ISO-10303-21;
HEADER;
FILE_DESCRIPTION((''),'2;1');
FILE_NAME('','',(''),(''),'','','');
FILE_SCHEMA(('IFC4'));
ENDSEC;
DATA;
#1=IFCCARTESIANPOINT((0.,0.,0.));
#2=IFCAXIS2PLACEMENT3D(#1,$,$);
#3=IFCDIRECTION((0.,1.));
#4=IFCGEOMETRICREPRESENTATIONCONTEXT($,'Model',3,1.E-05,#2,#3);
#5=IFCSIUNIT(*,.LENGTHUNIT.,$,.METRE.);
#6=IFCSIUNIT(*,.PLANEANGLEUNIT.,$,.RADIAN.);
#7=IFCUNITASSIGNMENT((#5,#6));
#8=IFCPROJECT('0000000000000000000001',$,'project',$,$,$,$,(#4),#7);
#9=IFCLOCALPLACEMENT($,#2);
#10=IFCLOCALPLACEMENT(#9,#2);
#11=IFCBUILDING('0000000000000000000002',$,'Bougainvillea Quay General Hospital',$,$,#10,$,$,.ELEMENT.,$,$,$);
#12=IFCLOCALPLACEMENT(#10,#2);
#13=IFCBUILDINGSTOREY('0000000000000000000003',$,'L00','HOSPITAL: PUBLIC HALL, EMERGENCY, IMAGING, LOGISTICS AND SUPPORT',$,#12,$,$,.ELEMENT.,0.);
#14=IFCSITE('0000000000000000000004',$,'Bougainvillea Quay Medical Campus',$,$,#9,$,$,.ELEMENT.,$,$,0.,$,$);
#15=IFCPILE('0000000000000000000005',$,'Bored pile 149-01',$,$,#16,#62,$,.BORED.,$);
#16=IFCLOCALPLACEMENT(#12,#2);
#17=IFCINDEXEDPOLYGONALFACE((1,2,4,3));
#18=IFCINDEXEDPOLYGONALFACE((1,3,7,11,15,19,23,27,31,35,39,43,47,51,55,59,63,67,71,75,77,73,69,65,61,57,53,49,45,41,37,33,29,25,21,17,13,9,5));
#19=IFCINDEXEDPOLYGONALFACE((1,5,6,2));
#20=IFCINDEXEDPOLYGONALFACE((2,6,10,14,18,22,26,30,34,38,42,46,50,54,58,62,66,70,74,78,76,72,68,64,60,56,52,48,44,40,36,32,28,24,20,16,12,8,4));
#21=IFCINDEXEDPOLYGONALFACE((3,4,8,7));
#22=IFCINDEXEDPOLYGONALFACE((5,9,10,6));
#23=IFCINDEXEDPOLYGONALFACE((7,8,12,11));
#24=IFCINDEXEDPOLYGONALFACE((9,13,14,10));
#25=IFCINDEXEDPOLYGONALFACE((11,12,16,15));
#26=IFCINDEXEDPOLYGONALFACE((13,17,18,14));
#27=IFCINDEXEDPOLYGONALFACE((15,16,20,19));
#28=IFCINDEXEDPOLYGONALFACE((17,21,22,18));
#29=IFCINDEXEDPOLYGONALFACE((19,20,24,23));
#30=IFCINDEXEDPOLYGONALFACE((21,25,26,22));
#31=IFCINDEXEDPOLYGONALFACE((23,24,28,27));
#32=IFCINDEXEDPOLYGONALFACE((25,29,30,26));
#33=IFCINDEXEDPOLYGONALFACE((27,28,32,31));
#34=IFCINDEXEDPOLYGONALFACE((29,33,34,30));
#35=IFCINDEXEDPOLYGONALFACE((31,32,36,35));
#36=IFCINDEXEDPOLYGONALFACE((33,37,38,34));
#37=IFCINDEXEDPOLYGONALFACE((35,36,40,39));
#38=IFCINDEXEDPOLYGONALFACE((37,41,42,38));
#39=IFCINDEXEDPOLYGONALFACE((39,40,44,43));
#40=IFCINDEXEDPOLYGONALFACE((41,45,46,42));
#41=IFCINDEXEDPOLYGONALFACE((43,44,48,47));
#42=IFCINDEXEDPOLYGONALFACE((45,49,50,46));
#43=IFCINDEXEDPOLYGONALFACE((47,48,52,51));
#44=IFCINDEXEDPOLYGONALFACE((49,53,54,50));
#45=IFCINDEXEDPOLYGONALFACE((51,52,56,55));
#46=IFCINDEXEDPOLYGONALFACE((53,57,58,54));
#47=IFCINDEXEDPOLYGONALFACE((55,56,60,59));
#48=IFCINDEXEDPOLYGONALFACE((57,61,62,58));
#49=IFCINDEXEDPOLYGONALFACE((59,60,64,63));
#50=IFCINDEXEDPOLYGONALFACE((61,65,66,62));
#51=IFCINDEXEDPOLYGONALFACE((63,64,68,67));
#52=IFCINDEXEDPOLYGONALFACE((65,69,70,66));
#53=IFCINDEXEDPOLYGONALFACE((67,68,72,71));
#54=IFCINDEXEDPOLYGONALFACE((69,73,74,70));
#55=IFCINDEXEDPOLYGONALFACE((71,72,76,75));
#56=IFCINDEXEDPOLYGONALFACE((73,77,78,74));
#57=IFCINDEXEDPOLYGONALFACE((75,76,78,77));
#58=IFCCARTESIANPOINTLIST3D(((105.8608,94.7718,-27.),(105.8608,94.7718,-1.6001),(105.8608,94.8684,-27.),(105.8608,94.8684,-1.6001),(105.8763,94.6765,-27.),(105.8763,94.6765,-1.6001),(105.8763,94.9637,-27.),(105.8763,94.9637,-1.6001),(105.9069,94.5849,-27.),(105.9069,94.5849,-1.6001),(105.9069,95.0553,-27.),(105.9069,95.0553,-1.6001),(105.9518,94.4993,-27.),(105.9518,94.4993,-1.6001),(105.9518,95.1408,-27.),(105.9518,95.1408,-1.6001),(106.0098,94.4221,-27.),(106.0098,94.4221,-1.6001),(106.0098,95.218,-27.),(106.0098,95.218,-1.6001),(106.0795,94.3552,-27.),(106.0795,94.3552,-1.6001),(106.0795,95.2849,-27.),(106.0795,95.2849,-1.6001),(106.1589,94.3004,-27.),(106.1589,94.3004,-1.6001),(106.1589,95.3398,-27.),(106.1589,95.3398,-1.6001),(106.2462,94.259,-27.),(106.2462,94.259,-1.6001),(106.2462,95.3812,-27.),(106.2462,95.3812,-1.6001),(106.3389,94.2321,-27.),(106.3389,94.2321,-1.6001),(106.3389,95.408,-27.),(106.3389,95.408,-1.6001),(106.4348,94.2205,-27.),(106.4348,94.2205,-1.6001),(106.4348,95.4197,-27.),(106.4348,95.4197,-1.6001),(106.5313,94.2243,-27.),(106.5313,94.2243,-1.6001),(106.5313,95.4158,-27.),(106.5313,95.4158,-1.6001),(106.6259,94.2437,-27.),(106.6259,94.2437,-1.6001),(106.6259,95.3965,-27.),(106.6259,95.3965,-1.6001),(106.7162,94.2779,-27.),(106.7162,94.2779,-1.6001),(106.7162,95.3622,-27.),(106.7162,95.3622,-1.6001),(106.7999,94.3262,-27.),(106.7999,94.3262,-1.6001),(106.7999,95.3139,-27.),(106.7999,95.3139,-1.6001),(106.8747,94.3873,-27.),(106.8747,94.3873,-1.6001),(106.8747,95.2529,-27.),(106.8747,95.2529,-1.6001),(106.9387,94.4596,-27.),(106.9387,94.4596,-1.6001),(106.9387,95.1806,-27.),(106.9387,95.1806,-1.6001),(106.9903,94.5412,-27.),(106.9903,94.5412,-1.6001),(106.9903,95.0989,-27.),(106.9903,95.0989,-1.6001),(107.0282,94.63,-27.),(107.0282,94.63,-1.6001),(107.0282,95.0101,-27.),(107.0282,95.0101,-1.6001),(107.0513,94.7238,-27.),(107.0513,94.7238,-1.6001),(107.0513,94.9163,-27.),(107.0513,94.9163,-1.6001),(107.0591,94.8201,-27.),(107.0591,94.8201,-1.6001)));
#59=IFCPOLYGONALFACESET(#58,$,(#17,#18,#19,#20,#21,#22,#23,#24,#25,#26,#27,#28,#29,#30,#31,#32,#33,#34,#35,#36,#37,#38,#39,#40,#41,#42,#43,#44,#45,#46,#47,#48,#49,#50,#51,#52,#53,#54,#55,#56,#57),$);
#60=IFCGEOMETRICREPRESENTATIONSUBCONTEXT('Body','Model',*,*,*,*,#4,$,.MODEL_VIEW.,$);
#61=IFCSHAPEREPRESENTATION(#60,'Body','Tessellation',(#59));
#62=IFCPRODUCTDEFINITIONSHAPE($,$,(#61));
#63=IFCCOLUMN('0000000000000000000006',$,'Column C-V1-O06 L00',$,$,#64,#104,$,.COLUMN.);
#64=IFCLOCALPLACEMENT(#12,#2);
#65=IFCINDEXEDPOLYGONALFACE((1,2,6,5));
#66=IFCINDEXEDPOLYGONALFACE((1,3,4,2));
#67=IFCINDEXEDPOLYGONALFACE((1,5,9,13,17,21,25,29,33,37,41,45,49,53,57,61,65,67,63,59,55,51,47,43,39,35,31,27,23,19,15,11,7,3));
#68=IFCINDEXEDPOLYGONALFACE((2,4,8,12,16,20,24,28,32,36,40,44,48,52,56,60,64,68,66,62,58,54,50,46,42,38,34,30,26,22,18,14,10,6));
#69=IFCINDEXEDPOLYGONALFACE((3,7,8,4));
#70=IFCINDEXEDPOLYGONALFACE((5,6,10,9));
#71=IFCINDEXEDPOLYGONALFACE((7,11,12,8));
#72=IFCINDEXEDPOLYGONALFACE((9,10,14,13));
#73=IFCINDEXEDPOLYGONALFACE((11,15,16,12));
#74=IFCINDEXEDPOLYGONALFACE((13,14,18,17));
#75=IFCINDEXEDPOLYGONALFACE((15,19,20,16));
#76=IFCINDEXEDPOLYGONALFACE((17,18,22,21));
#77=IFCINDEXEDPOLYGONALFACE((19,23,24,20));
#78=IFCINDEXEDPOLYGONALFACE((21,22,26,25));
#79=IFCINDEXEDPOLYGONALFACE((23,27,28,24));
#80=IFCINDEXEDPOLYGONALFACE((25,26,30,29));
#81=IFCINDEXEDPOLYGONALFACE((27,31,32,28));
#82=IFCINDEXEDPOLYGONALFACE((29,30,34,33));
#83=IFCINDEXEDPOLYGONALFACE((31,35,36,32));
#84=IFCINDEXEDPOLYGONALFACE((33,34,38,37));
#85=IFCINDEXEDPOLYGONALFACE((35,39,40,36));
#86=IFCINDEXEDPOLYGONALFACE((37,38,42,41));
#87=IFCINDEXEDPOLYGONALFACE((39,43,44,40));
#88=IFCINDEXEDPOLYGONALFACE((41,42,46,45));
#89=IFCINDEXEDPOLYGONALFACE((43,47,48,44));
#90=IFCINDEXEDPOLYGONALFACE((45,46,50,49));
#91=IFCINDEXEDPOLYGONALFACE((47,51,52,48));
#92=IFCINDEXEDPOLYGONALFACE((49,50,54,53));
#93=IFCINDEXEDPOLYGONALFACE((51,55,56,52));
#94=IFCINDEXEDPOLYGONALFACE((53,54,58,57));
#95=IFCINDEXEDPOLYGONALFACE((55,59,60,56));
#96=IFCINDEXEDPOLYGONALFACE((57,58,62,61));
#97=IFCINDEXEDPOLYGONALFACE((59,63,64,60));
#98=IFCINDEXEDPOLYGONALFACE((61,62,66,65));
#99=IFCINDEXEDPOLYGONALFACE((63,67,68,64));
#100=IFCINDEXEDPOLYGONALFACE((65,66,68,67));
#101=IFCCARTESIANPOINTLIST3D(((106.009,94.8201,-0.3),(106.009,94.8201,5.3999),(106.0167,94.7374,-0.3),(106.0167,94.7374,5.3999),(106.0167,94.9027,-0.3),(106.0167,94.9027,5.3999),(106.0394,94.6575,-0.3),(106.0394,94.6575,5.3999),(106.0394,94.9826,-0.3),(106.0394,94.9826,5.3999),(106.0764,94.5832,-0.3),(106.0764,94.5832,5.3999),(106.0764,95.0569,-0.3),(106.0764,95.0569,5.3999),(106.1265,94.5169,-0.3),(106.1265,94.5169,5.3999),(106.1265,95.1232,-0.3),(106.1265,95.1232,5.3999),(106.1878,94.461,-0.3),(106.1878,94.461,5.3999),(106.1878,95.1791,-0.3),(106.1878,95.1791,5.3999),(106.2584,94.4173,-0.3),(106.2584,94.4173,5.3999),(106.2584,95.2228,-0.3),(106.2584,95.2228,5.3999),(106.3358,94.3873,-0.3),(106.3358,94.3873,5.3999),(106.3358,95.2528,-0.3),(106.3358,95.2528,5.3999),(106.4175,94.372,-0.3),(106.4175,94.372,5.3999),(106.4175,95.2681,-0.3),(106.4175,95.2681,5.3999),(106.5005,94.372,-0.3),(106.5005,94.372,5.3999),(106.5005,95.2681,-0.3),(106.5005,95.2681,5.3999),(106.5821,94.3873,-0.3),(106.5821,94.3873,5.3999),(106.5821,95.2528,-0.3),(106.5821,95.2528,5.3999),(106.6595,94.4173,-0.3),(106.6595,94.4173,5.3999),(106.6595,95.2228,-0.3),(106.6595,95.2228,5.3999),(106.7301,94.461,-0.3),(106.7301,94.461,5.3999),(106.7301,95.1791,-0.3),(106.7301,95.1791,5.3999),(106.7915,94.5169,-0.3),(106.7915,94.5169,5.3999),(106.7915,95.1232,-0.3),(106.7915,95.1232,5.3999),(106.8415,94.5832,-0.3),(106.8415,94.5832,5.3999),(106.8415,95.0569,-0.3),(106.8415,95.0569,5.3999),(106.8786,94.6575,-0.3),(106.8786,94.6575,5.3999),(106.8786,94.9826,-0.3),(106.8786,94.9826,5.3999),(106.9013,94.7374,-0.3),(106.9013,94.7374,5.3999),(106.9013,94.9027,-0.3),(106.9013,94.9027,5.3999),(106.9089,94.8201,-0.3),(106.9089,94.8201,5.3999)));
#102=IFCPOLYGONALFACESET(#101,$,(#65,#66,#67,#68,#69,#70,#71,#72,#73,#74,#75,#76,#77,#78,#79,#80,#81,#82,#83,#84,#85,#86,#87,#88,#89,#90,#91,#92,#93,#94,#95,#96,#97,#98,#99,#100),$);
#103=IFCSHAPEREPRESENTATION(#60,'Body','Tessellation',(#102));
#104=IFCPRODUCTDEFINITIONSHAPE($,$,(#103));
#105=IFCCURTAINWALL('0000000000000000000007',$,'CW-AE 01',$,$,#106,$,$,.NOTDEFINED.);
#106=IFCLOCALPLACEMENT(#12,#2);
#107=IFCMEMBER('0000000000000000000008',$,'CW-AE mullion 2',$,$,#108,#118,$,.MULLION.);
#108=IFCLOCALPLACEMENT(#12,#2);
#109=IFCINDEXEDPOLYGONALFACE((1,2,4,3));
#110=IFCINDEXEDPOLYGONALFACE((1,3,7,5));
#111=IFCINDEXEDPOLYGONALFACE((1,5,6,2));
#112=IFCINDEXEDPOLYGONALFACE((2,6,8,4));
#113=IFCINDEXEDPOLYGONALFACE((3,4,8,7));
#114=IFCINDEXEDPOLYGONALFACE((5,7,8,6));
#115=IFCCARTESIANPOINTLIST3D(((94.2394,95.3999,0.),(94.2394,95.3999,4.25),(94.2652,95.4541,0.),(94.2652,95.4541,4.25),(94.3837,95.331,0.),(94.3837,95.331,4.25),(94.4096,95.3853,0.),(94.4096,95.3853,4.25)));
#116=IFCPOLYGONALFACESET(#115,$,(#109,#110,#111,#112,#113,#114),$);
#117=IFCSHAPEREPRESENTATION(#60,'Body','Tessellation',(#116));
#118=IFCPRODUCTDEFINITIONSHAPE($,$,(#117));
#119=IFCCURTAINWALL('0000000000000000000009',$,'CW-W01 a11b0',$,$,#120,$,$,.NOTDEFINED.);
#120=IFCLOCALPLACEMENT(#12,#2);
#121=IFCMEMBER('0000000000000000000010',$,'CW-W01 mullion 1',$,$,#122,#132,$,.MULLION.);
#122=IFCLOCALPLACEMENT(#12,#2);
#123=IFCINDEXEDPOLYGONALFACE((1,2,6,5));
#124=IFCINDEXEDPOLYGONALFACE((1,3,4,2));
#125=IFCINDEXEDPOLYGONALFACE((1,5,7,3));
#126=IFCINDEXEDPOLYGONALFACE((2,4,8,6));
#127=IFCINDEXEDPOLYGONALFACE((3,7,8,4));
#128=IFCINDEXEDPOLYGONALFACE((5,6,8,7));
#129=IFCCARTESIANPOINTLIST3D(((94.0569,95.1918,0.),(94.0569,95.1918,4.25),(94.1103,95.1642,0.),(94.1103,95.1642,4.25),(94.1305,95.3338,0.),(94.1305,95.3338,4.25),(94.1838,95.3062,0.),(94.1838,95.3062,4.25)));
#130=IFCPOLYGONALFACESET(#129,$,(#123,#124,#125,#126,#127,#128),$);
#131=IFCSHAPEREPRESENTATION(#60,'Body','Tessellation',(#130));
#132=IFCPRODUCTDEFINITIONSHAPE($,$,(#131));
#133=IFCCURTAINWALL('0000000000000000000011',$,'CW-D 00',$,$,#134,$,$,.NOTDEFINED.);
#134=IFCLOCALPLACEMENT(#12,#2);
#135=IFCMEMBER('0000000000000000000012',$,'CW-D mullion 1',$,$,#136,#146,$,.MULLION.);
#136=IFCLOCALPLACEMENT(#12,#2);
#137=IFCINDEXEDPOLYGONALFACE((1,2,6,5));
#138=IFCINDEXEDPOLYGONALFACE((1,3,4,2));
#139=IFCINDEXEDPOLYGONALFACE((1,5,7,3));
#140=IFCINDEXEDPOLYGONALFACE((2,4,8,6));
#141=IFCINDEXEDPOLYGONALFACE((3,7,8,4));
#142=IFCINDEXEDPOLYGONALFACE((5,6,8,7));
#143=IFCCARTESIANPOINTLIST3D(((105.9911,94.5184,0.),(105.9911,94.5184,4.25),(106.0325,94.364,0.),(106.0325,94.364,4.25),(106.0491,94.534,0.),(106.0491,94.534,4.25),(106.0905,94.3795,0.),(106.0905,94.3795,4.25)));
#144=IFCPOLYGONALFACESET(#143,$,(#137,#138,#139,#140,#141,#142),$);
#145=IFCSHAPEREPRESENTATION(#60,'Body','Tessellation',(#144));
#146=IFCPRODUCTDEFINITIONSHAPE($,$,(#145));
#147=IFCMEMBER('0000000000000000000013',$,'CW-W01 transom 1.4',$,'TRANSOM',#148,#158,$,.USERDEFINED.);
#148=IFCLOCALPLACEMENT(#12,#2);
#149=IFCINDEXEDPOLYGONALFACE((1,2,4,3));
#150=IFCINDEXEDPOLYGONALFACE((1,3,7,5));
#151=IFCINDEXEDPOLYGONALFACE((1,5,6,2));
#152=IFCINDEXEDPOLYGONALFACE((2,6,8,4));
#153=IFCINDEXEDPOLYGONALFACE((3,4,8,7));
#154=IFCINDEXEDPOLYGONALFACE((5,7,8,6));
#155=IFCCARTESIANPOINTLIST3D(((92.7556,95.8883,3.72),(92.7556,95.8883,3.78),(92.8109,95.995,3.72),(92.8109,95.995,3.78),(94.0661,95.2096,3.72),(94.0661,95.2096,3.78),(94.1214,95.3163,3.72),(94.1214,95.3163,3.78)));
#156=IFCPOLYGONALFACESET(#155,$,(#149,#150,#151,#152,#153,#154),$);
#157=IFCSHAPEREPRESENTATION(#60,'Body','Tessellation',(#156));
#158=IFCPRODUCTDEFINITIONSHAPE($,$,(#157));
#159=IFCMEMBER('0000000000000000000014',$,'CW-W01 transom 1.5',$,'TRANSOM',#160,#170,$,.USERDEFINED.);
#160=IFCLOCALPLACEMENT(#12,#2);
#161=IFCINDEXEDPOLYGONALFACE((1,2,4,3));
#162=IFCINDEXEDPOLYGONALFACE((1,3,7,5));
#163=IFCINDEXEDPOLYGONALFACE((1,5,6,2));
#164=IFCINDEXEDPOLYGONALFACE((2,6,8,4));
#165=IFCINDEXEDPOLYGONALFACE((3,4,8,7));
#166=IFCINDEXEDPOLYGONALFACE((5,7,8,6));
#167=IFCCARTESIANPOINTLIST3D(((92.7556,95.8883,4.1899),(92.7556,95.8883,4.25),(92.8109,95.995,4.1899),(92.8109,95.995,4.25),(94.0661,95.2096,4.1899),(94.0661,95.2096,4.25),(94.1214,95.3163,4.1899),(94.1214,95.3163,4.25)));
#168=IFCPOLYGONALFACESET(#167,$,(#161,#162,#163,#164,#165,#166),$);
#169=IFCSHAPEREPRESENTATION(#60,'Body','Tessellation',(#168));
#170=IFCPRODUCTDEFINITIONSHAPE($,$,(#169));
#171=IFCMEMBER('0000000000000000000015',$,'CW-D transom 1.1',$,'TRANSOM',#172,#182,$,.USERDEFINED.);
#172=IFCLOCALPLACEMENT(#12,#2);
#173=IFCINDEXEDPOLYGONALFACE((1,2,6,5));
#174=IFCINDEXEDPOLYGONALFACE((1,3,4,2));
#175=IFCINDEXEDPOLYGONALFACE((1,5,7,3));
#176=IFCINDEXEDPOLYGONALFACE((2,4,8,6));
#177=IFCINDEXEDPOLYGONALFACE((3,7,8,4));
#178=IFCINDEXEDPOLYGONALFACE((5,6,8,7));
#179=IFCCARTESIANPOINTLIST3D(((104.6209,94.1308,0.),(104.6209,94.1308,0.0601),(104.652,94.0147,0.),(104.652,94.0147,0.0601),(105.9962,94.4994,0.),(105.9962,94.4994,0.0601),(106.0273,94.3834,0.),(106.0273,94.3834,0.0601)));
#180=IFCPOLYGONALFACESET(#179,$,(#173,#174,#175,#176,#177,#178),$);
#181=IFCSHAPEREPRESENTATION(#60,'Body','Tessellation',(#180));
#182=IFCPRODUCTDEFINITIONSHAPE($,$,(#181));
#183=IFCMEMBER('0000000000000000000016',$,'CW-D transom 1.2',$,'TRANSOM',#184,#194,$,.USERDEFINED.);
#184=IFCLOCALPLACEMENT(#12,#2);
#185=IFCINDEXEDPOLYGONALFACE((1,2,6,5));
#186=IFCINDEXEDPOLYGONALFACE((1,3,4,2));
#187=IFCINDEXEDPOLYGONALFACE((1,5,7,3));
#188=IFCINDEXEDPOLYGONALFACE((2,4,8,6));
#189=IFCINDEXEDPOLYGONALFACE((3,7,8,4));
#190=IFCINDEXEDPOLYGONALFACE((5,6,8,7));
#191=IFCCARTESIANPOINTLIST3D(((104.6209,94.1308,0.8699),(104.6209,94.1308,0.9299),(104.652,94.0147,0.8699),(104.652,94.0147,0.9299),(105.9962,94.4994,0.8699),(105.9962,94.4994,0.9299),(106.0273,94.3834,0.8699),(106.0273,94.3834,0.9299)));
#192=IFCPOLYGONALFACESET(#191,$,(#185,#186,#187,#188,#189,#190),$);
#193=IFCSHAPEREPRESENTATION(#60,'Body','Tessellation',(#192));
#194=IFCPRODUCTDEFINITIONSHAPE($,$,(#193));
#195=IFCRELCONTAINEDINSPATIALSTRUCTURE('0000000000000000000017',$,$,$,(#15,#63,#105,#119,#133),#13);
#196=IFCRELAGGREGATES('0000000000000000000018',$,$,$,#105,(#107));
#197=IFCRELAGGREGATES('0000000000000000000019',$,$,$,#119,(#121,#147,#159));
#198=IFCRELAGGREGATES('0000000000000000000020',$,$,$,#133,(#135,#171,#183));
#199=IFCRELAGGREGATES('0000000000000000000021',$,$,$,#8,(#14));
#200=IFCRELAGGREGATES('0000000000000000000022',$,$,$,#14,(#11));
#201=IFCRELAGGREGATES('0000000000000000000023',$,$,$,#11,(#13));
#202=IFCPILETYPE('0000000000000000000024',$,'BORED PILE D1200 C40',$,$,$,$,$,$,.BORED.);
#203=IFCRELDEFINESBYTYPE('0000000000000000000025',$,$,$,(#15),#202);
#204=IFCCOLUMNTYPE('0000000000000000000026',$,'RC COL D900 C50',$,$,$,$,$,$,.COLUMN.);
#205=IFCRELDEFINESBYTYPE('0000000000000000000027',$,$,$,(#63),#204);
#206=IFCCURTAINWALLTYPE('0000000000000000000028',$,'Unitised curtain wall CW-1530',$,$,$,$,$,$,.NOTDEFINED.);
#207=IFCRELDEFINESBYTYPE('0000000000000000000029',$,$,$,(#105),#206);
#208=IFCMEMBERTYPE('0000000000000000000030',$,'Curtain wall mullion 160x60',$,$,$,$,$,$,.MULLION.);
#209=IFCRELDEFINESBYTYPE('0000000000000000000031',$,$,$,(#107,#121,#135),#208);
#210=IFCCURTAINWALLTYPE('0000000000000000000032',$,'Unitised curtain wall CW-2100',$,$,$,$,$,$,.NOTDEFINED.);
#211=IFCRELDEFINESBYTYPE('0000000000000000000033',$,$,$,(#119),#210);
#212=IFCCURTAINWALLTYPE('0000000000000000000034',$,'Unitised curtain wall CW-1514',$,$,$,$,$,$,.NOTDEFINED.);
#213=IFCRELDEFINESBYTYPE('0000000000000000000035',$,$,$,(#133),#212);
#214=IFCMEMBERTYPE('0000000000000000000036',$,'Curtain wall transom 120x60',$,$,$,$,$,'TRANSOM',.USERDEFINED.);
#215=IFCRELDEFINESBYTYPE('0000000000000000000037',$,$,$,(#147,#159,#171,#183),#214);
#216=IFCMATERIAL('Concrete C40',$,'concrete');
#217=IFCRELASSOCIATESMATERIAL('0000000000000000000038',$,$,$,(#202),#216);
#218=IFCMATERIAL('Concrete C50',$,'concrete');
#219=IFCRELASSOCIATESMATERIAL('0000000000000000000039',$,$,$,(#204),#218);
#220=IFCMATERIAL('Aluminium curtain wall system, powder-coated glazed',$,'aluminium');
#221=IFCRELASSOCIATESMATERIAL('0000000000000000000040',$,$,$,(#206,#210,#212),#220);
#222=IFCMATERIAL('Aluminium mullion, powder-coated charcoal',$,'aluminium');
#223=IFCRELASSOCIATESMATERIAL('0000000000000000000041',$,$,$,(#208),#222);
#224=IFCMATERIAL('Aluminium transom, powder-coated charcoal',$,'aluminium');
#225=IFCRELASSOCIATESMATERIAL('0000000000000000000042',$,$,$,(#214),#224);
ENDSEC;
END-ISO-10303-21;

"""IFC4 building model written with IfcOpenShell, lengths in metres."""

from ifc_helpers import new_model, si_unit, direction, frame, origin, origin_2d, place, context, subcontext, project, spatial, rectangle, circle, extrude, material, material_profile, profile_set, type_object, element, aggregate, save


model = new_model("IFC4")

# Units and contexts
model_context = context("Model", 3, precision=1e-05, world=origin(), true_north=direction((0.0, 1.0)))
body_context = subcontext(model_context, "Body", "Model", "MODEL_VIEW")
ifc_project = project(units=[si_unit("LENGTHUNIT", "METRE"), si_unit("PLANEANGLEUNIT", "RADIAN")], contexts=[model_context])

# Site, building, storey
site_placement = place(None, origin())
site = spatial("IfcSite", under=ifc_project, at=site_placement, Name="Bougainvillea Quay Medical Campus", CompositionType="ELEMENT", RefElevation=0.0)
building_placement = place(site_placement, origin())
building = spatial("IfcBuilding", under=site, at=building_placement, Name="Bougainvillea Quay General Hospital", CompositionType="ELEMENT")
storey_placement = place(building_placement, origin())
storey = spatial("IfcBuildingStorey", under=building, at=storey_placement, Name="L00", Description="HOSPITAL: PUBLIC HALL, EMERGENCY, IMAGING, LOGISTICS AND SUPPORT", CompositionType="ELEMENT", Elevation=0.0)

# Pile
ifc_material_1 = material(Name="Concrete C40", Category="concrete")
ifc_material_profile_1 = material_profile(ifc_material_1, circle(Radius=0.6001, at=origin_2d()))
ifc_profile_set_1 = profile_set([ifc_material_profile_1], Name="Concrete C40")
pile_type = type_object("IfcPileType", Name="BORED PILE D1200 C40", PredefinedType="BORED", material=ifc_profile_set_1)
pile_placement = place(storey_placement, frame((106.459, 94.8201, -1.6001), z_axis=(0.0, 0.0, -1.0), x_axis=(1.0, 0.0, 0.0)))
element("IfcPile", 1, at=pile_placement, inside=storey, type_object=pile_type, Name="Bored pile 149-01", PredefinedType="BORED", context=body_context, shape_type="SweptSolid", body=[
    extrude(circle(Radius=0.6001, at=origin_2d()), origin(), (0.0, 0.0, 1.0), 25.3999),
])

# Column
ifc_material_2 = material(Name="Concrete C50", Category="concrete")
ifc_material_profile_2 = material_profile(ifc_material_2, circle(Radius=0.45, at=origin_2d()))
ifc_profile_set_2 = profile_set([ifc_material_profile_2], Name="Concrete C50")
column_type = type_object("IfcColumnType", Name="RC COL D900 C50", PredefinedType="COLUMN", material=ifc_profile_set_2)
column_placement = place(storey_placement, frame((106.459, 94.8201, -0.3), z_axis=(0.0, 0.0, 1.0), x_axis=(1.0, 0.0, 0.0)))
element("IfcColumn", 2, at=column_placement, inside=storey, type_object=column_type, Name="Column C-V1-O06 L00", PredefinedType="COLUMN", context=body_context, shape_type="SweptSolid", body=[
    extrude(circle(Radius=0.45, at=origin_2d()), origin(), (0.0, 0.0, 1.0), 5.7),
])

# Curtain walls, members
ifc_material_3 = material(Name="Aluminium curtain wall system, powder-coated glazed", Category="aluminium")
curtain_wall_type_1 = type_object("IfcCurtainWallType", Name="Unitised curtain wall CW-1530", PredefinedType="NOTDEFINED", material=ifc_material_3)
curtain_wall_1_placement = place(storey_placement, origin())
curtain_wall_1 = element("IfcCurtainWall", 3, at=curtain_wall_1_placement, inside=storey, type_object=curtain_wall_type_1, Name="CW-AE 01", PredefinedType="NOTDEFINED")
ifc_material_4 = material(Name="Aluminium mullion, powder-coated charcoal", Category="aluminium")
ifc_material_profile_3 = material_profile(ifc_material_4, rectangle(XDim=0.1599, YDim=0.0601, at=origin_2d()))
ifc_profile_set_3 = profile_set([ifc_material_profile_3], Name="Aluminium mullion, powder-coated charcoal")
member_type_1 = type_object("IfcMemberType", Name="Curtain wall mullion 160x60", PredefinedType="MULLION", material=ifc_profile_set_3)
member_1_placement = place(storey_placement, frame((94.3245, 95.3926, 0.0), z_axis=(0.0, 0.0, 1.0), x_axis=(-0.902561, 0.430563, 0.0)))
member_1 = element("IfcMember", 4, at=member_1_placement, type_object=member_type_1, Name="CW-AE mullion 2", PredefinedType="MULLION", context=body_context, shape_type="SweptSolid", body=[
    extrude(rectangle(XDim=0.1599, YDim=0.0601, at=origin_2d()), origin(), (0.0, 0.0, 1.0), 4.25),
])
aggregate(curtain_wall_1, [member_1])
curtain_wall_type_2 = type_object("IfcCurtainWallType", Name="Unitised curtain wall CW-2100", PredefinedType="NOTDEFINED", material=ifc_material_3)
curtain_wall_2_placement = place(storey_placement, origin())
curtain_wall_2 = element("IfcCurtainWall", 5, at=curtain_wall_2_placement, inside=storey, type_object=curtain_wall_type_2, Name="CW-W01 a11b0", PredefinedType="NOTDEFINED")
member_2_placement = place(storey_placement, frame((94.1204, 95.249, 0.0), z_axis=(0.0, 0.0, 1.0), x_axis=(-0.459924, -0.887958, 0.0)))
member_2 = element("IfcMember", 6, at=member_2_placement, type_object=member_type_1, Name="CW-W01 mullion 1", PredefinedType="MULLION", context=body_context, shape_type="SweptSolid", body=[
    extrude(rectangle(XDim=0.1599, YDim=0.0601, at=origin_2d()), origin(), (0.0, 0.0, 1.0), 4.25),
])
curtain_wall_type_3 = type_object("IfcCurtainWallType", Name="Unitised curtain wall CW-1514", PredefinedType="NOTDEFINED", material=ifc_material_3)
curtain_wall_3_placement = place(storey_placement, origin())
curtain_wall_3 = element("IfcCurtainWall", 7, at=curtain_wall_3_placement, inside=storey, type_object=curtain_wall_type_3, Name="CW-D 00", PredefinedType="NOTDEFINED")
member_3_placement = place(storey_placement, frame((106.0408, 94.449, 0.0), z_axis=(0.0, 0.0, 1.0), x_axis=(0.258855, -0.965916, 0.0)))
member_3 = element("IfcMember", 8, at=member_3_placement, type_object=member_type_1, Name="CW-D mullion 1", PredefinedType="MULLION", context=body_context, shape_type="SweptSolid", body=[
    extrude(rectangle(XDim=0.1599, YDim=0.0601, at=origin_2d()), origin(), (0.0, 0.0, 1.0), 4.25),
])

# Members
ifc_material_5 = material(Name="Aluminium transom, powder-coated charcoal", Category="aluminium")
ifc_material_profile_4 = material_profile(ifc_material_5, rectangle(XDim=0.1201, YDim=0.0601, at=origin_2d()))
ifc_profile_set_4 = profile_set([ifc_material_profile_4], Name="Aluminium transom, powder-coated charcoal")
member_type_2 = type_object("IfcMemberType", Name="Curtain wall transom 120x60", ElementType="TRANSOM", PredefinedType="USERDEFINED", material=ifc_profile_set_4)
member_4_placement = place(storey_placement, frame((94.0938, 95.2629, 3.75), z_axis=(-0.887985, 0.459873, 0.0), x_axis=(-0.459873, -0.887985, 0.0)))
member_4 = element("IfcMember", 9, at=member_4_placement, type_object=member_type_2, Name="CW-W01 transom 1.4", ObjectType="TRANSOM", PredefinedType="USERDEFINED", context=body_context, shape_type="SweptSolid", body=[
    extrude(rectangle(XDim=0.1201, YDim=0.0601, at=origin_2d()), origin(), (0.0, 0.0, 1.0), 1.4758),
])
member_5_placement = place(storey_placement, frame((94.0938, 95.2629, 4.22), z_axis=(-0.887985, 0.459873, 0.0), x_axis=(-0.459873, -0.887985, 0.0)))
member_5 = element("IfcMember", 10, at=member_5_placement, type_object=member_type_2, Name="CW-W01 transom 1.5", ObjectType="TRANSOM", PredefinedType="USERDEFINED", context=body_context, shape_type="SweptSolid", body=[
    extrude(rectangle(XDim=0.1201, YDim=0.0601, at=origin_2d()), origin(), (0.0, 0.0, 1.0), 1.4758),
])
aggregate(curtain_wall_2, [member_2, member_4, member_5])
member_6_placement = place(storey_placement, frame((106.0117, 94.4414, 0.03), z_axis=(-0.965898, -0.258922, 0.0), x_axis=(0.258922, -0.965898, 0.0)))
member_6 = element("IfcMember", 11, at=member_6_placement, type_object=member_type_2, Name="CW-D transom 1.1", ObjectType="TRANSOM", PredefinedType="USERDEFINED", context=body_context, shape_type="SweptSolid", body=[
    extrude(rectangle(XDim=0.1201, YDim=0.0601, at=origin_2d()), origin(), (0.0, 0.0, 1.0), 1.4238),
])
member_7_placement = place(storey_placement, frame((106.0117, 94.4414, 0.8999), z_axis=(-0.965898, -0.258922, 0.0), x_axis=(0.258922, -0.965898, 0.0)))
member_7 = element("IfcMember", 12, at=member_7_placement, type_object=member_type_2, Name="CW-D transom 1.2", ObjectType="TRANSOM", PredefinedType="USERDEFINED", context=body_context, shape_type="SweptSolid", body=[
    extrude(rectangle(XDim=0.1201, YDim=0.0601, at=origin_2d()), origin(), (0.0, 0.0, 1.0), 1.4238),
])

aggregate(curtain_wall_3, [member_3, member_6, member_7])

save(model, "model.ifc")
